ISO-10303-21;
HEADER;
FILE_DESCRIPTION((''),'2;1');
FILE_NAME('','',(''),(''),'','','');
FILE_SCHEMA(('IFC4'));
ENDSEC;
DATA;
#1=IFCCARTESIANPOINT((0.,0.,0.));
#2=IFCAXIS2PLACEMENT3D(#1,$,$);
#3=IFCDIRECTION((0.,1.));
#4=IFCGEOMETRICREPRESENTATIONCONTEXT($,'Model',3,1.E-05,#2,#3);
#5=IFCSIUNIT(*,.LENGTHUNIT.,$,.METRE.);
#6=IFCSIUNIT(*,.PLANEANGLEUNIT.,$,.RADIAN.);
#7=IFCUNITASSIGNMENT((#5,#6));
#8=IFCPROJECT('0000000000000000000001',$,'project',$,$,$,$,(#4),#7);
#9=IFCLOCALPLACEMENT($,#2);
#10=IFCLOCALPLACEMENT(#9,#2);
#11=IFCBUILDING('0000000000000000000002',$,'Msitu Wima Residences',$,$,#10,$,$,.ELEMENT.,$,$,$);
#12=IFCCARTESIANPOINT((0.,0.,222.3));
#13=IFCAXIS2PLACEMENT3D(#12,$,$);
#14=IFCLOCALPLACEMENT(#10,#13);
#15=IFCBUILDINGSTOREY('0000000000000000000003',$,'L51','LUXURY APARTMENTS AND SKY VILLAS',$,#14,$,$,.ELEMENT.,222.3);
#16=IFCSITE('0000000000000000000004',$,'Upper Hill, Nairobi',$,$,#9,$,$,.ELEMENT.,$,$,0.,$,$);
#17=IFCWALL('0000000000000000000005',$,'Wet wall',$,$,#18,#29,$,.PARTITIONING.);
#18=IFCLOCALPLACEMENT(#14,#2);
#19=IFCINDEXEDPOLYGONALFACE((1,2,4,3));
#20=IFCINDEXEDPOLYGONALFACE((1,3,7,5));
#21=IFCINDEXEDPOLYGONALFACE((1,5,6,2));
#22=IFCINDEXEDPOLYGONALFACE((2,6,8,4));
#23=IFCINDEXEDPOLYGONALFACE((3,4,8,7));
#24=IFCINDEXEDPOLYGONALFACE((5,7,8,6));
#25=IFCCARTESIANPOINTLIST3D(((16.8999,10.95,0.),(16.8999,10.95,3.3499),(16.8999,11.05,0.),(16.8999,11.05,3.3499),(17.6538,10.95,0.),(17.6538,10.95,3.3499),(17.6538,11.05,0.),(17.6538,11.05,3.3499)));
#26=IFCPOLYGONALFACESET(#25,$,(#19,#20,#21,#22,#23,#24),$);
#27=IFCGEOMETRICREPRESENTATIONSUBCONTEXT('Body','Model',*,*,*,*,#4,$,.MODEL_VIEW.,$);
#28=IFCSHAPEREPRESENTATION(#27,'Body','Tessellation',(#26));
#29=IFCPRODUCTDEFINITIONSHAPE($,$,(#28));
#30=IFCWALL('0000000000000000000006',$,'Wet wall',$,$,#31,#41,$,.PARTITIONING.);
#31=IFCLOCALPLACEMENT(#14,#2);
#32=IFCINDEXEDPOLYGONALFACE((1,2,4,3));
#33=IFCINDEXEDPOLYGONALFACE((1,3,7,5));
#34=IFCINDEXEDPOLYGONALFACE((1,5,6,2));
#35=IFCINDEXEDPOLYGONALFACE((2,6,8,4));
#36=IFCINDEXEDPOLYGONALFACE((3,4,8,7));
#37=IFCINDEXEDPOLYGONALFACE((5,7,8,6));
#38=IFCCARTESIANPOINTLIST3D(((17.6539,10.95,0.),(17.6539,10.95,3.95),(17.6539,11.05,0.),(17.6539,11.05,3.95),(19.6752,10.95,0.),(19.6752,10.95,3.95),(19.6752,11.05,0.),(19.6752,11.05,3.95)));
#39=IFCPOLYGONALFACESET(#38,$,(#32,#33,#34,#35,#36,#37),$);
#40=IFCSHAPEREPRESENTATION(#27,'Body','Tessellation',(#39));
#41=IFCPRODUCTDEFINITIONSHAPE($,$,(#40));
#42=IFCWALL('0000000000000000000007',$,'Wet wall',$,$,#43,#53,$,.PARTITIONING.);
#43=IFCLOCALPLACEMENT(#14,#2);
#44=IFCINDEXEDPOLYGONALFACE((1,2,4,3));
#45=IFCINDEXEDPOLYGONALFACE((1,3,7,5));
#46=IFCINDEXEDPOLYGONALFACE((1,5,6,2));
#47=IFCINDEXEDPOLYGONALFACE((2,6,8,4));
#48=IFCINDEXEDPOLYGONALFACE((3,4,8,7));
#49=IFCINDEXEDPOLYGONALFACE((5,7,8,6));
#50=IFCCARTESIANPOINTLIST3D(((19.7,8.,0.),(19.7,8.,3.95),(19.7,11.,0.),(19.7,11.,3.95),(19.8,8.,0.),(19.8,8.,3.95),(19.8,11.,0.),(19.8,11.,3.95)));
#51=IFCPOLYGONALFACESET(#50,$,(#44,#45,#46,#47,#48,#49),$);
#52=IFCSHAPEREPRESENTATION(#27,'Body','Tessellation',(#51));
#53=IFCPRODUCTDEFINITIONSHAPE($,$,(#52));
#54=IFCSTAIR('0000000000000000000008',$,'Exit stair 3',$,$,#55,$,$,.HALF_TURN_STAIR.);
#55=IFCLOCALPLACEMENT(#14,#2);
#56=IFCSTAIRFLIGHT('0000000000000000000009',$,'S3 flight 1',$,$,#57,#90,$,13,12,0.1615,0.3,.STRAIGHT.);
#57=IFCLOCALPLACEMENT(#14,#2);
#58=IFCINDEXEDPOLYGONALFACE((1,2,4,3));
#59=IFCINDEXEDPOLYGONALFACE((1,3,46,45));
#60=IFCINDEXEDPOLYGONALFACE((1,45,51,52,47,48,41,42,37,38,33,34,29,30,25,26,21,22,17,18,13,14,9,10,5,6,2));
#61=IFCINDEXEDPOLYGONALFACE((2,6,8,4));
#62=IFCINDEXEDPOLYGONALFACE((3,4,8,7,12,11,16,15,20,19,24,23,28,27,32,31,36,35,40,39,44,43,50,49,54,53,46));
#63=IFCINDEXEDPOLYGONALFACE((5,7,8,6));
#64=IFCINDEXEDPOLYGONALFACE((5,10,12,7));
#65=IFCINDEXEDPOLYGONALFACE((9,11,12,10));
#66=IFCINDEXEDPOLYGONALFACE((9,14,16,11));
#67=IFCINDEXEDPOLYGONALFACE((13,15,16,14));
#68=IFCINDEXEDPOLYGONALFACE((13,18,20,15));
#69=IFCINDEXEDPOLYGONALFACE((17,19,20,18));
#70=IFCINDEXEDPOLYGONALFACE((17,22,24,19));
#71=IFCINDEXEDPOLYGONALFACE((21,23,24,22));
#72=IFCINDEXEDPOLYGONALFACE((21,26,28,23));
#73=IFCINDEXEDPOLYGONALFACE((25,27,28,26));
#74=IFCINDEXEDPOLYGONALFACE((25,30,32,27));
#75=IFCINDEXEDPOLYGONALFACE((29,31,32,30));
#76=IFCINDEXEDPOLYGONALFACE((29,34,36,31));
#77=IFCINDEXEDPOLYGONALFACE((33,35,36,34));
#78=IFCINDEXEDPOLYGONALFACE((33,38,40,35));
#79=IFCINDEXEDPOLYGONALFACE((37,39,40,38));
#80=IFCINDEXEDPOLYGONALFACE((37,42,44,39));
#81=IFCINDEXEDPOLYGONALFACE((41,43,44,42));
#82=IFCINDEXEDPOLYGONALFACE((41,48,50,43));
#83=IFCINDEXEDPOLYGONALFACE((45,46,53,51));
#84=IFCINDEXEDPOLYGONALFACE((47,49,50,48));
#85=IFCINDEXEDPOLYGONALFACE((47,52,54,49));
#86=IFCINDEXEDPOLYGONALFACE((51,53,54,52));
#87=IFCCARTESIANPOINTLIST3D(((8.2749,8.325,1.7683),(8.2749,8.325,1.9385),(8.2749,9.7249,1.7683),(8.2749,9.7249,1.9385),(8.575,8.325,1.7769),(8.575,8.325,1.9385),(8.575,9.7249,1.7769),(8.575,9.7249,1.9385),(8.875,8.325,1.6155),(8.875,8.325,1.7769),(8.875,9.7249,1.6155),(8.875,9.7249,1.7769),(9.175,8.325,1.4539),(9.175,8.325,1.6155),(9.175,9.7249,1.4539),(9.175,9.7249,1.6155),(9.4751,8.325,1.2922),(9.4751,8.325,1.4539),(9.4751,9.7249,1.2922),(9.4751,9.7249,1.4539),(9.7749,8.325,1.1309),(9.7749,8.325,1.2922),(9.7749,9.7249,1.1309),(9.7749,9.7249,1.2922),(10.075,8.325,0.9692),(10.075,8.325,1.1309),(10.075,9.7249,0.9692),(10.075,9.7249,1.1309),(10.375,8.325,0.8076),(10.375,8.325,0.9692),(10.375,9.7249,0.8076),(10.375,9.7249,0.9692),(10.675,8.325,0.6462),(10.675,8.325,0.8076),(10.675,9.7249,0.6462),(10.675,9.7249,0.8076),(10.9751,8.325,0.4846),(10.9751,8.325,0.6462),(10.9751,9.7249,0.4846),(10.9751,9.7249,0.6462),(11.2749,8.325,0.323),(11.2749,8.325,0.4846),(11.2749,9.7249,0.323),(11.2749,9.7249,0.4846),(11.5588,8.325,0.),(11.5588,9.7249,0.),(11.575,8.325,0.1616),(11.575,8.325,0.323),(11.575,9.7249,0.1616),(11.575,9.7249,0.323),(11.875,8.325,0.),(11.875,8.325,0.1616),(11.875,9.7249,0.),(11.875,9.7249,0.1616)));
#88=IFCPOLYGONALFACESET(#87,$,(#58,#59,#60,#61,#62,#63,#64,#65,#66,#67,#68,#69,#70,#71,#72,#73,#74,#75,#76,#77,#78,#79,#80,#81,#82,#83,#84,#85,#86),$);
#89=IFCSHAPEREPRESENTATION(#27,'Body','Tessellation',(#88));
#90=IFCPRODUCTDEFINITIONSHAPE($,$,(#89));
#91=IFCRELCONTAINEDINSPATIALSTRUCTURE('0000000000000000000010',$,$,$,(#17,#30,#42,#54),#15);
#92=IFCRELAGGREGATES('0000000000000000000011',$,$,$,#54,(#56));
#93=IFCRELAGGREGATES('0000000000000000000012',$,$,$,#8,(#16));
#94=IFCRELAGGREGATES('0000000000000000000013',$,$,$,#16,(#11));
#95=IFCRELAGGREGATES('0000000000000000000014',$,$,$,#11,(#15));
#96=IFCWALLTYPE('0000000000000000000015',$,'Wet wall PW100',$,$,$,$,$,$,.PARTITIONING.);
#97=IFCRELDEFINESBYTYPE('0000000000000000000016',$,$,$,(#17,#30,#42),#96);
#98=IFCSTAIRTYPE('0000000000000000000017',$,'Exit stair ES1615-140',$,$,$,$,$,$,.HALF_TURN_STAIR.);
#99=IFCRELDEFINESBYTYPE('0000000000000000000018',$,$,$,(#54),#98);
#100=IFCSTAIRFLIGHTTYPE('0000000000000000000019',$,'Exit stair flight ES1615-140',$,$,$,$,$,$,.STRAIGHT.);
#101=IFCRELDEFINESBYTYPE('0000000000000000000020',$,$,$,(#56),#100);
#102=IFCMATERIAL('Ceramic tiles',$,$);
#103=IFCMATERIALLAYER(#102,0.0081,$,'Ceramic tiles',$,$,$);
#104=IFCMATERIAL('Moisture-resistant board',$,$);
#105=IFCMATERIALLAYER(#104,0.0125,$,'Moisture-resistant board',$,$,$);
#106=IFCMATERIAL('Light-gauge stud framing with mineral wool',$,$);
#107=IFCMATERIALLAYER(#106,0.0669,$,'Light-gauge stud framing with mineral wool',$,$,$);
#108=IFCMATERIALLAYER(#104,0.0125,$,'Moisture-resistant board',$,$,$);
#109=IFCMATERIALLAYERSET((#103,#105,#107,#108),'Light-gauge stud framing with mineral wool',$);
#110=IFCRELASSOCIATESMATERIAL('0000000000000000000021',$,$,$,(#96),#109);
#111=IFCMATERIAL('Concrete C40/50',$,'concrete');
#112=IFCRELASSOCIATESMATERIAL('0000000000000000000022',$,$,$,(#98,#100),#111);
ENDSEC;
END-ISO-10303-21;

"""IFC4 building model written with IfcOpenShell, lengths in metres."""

from ifc_helpers import new_model, si_unit, direction, frame, frame_2d, origin, place, context, subcontext, project, spatial, polyline, rectangle, outline, extrude, material, layer, layer_set, type_object, element, aggregate, save


model = new_model("IFC4")

# Units and contexts
model_context = context("Model", 3, precision=1e-05, world=origin(), true_north=direction((0.0, 1.0)))
body_context = subcontext(model_context, "Body", "Model", "MODEL_VIEW")
ifc_project = project(units=[si_unit("LENGTHUNIT", "METRE"), si_unit("PLANEANGLEUNIT", "RADIAN")], contexts=[model_context])

# Site, building, storey
site_placement = place(None, origin())
site = spatial("IfcSite", under=ifc_project, at=site_placement, Name="Upper Hill, Nairobi", CompositionType="ELEMENT", RefElevation=0.0)
building_placement = place(site_placement, origin())
building = spatial("IfcBuilding", under=site, at=building_placement, Name="Msitu Wima Residences", CompositionType="ELEMENT")
storey_placement = place(building_placement, frame((0.0, 0.0, 222.3)))
storey = spatial("IfcBuildingStorey", under=building, at=storey_placement, Name="L51", Description="LUXURY APARTMENTS AND SKY VILLAS", CompositionType="ELEMENT", Elevation=222.3)

# Shared definitions
ifc_material_1 = material(Name="Concrete C40/50", Category="concrete")

# Shared definitions
ifc_material_2 = material(Name="Ceramic tiles")
ifc_layer_1 = layer(ifc_material_2, 0.0081, Name="Ceramic tiles")
ifc_material_3 = material(Name="Moisture-resistant board")
ifc_layer_2 = layer(ifc_material_3, 0.0125, Name="Moisture-resistant board")
ifc_material_4 = material(Name="Light-gauge stud framing with mineral wool")
ifc_layer_3 = layer(ifc_material_4, 0.0669, Name="Light-gauge stud framing with mineral wool")
ifc_layer_4 = layer(ifc_material_3, 0.0125, Name="Moisture-resistant board")
ifc_layer_set_1 = layer_set([ifc_layer_1, ifc_layer_2, ifc_layer_3, ifc_layer_4], Name="Light-gauge stud framing with mineral wool")
wall_type_1 = type_object("IfcWallType", Name="Wet wall PW100", PredefinedType="PARTITIONING", material=ifc_layer_set_1)

# Walls
wall_1_placement = place(storey_placement, frame((16.8999, 11.0, 0.0), z_axis=(0.0, 0.0, 1.0), x_axis=(1.0, 0.0, 0.0)))
element("IfcWall", 1, at=wall_1_placement, inside=storey, type_object=wall_type_1, Name="Wet wall", PredefinedType="PARTITIONING", context=body_context, shape_type="SweptSolid", body=[
    extrude(rectangle(XDim=0.7539, YDim=0.1001, at=frame_2d((0.377, 0.0))), origin(), (0.0, 0.0, 1.0), 3.3499),
])
wall_2_placement = place(storey_placement, frame((17.6538, 11.0, 0.0), z_axis=(0.0, 0.0, 1.0), x_axis=(1.0, 0.0, 0.0)))
element("IfcWall", 2, at=wall_2_placement, inside=storey, type_object=wall_type_1, Name="Wet wall", PredefinedType="PARTITIONING", context=body_context, shape_type="SweptSolid", body=[
    extrude(rectangle(XDim=2.0212, YDim=0.1001, at=frame_2d((1.0107, 0.0))), origin(), (0.0, 0.0, 1.0), 3.95),
])
wall_3_placement = place(storey_placement, frame((19.75, 8.0, 0.0), z_axis=(0.0, 0.0, 1.0), x_axis=(0.0, 1.0, 0.0)))
element("IfcWall", 3, at=wall_3_placement, inside=storey, type_object=wall_type_1, Name="Wet wall", PredefinedType="PARTITIONING", context=body_context, shape_type="SweptSolid", body=[
    extrude(rectangle(XDim=3.0, YDim=0.1001, at=frame_2d((1.5, 0.0))), origin(), (0.0, 0.0, 1.0), 3.95),
])

# Stair, stair flight
stair_type = type_object("IfcStairType", Name="Exit stair ES1615-140", PredefinedType="HALF_TURN_STAIR", material=ifc_material_1)
stair_placement = place(storey_placement, origin())
stair = element("IfcStair", 4, at=stair_placement, inside=storey, type_object=stair_type, Name="Exit stair 3", PredefinedType="HALF_TURN_STAIR")
stair_flight_type = type_object("IfcStairFlightType", Name="Exit stair flight ES1615-140", PredefinedType="STRAIGHT", material=ifc_material_1)
stair_flight_placement = place(storey_placement, frame((11.875, 9.0249, 0.0), z_axis=(0.0, 0.0, 1.0), x_axis=(-1.0, 0.0, 0.0)))
stair_flight = element("IfcStairFlight", 5, at=stair_flight_placement, type_object=stair_flight_type, Name="S3 flight 1", NumberOfRisers=13, NumberOfTreads=12, PredefinedType="STRAIGHT", RiserHeight=0.1615, TreadLength=0.3, context=body_context, shape_type="SweptSolid", body=[
    extrude(outline(polyline([(0.0, 0.0), (0.0, 0.1616), (0.3, 0.1616), (0.3, 0.323), (0.6001, 0.323), (0.6001, 0.4846), (0.8999, 0.4846), (0.8999, 0.6462), (1.2, 0.6462), (1.2, 0.8076), (1.5, 0.8076), (1.5, 0.9692), (1.8, 0.9692), (1.8, 1.1309), (2.1001, 1.1309), (2.1001, 1.2922), (2.3999, 1.2922), (2.3999, 1.4539), (2.7, 1.4539), (2.7, 1.6155), (3.0, 1.6155), (3.0, 1.7769), (3.3, 1.7769), (3.3, 1.9385), (3.6001, 1.9385), (3.6001, 2.1001), (3.6001, 1.7683), (0.3162, 0.0), (0.0, 0.0)])), frame((0.0, 0.7, 0.0), z_axis=(0.0, -1.0, 0.0), x_axis=(1.0, 0.0, 0.0)), (0.0, 0.0, 1.0), 1.3999),
])
aggregate(stair, [stair_flight])

save(model, "model.ifc")
